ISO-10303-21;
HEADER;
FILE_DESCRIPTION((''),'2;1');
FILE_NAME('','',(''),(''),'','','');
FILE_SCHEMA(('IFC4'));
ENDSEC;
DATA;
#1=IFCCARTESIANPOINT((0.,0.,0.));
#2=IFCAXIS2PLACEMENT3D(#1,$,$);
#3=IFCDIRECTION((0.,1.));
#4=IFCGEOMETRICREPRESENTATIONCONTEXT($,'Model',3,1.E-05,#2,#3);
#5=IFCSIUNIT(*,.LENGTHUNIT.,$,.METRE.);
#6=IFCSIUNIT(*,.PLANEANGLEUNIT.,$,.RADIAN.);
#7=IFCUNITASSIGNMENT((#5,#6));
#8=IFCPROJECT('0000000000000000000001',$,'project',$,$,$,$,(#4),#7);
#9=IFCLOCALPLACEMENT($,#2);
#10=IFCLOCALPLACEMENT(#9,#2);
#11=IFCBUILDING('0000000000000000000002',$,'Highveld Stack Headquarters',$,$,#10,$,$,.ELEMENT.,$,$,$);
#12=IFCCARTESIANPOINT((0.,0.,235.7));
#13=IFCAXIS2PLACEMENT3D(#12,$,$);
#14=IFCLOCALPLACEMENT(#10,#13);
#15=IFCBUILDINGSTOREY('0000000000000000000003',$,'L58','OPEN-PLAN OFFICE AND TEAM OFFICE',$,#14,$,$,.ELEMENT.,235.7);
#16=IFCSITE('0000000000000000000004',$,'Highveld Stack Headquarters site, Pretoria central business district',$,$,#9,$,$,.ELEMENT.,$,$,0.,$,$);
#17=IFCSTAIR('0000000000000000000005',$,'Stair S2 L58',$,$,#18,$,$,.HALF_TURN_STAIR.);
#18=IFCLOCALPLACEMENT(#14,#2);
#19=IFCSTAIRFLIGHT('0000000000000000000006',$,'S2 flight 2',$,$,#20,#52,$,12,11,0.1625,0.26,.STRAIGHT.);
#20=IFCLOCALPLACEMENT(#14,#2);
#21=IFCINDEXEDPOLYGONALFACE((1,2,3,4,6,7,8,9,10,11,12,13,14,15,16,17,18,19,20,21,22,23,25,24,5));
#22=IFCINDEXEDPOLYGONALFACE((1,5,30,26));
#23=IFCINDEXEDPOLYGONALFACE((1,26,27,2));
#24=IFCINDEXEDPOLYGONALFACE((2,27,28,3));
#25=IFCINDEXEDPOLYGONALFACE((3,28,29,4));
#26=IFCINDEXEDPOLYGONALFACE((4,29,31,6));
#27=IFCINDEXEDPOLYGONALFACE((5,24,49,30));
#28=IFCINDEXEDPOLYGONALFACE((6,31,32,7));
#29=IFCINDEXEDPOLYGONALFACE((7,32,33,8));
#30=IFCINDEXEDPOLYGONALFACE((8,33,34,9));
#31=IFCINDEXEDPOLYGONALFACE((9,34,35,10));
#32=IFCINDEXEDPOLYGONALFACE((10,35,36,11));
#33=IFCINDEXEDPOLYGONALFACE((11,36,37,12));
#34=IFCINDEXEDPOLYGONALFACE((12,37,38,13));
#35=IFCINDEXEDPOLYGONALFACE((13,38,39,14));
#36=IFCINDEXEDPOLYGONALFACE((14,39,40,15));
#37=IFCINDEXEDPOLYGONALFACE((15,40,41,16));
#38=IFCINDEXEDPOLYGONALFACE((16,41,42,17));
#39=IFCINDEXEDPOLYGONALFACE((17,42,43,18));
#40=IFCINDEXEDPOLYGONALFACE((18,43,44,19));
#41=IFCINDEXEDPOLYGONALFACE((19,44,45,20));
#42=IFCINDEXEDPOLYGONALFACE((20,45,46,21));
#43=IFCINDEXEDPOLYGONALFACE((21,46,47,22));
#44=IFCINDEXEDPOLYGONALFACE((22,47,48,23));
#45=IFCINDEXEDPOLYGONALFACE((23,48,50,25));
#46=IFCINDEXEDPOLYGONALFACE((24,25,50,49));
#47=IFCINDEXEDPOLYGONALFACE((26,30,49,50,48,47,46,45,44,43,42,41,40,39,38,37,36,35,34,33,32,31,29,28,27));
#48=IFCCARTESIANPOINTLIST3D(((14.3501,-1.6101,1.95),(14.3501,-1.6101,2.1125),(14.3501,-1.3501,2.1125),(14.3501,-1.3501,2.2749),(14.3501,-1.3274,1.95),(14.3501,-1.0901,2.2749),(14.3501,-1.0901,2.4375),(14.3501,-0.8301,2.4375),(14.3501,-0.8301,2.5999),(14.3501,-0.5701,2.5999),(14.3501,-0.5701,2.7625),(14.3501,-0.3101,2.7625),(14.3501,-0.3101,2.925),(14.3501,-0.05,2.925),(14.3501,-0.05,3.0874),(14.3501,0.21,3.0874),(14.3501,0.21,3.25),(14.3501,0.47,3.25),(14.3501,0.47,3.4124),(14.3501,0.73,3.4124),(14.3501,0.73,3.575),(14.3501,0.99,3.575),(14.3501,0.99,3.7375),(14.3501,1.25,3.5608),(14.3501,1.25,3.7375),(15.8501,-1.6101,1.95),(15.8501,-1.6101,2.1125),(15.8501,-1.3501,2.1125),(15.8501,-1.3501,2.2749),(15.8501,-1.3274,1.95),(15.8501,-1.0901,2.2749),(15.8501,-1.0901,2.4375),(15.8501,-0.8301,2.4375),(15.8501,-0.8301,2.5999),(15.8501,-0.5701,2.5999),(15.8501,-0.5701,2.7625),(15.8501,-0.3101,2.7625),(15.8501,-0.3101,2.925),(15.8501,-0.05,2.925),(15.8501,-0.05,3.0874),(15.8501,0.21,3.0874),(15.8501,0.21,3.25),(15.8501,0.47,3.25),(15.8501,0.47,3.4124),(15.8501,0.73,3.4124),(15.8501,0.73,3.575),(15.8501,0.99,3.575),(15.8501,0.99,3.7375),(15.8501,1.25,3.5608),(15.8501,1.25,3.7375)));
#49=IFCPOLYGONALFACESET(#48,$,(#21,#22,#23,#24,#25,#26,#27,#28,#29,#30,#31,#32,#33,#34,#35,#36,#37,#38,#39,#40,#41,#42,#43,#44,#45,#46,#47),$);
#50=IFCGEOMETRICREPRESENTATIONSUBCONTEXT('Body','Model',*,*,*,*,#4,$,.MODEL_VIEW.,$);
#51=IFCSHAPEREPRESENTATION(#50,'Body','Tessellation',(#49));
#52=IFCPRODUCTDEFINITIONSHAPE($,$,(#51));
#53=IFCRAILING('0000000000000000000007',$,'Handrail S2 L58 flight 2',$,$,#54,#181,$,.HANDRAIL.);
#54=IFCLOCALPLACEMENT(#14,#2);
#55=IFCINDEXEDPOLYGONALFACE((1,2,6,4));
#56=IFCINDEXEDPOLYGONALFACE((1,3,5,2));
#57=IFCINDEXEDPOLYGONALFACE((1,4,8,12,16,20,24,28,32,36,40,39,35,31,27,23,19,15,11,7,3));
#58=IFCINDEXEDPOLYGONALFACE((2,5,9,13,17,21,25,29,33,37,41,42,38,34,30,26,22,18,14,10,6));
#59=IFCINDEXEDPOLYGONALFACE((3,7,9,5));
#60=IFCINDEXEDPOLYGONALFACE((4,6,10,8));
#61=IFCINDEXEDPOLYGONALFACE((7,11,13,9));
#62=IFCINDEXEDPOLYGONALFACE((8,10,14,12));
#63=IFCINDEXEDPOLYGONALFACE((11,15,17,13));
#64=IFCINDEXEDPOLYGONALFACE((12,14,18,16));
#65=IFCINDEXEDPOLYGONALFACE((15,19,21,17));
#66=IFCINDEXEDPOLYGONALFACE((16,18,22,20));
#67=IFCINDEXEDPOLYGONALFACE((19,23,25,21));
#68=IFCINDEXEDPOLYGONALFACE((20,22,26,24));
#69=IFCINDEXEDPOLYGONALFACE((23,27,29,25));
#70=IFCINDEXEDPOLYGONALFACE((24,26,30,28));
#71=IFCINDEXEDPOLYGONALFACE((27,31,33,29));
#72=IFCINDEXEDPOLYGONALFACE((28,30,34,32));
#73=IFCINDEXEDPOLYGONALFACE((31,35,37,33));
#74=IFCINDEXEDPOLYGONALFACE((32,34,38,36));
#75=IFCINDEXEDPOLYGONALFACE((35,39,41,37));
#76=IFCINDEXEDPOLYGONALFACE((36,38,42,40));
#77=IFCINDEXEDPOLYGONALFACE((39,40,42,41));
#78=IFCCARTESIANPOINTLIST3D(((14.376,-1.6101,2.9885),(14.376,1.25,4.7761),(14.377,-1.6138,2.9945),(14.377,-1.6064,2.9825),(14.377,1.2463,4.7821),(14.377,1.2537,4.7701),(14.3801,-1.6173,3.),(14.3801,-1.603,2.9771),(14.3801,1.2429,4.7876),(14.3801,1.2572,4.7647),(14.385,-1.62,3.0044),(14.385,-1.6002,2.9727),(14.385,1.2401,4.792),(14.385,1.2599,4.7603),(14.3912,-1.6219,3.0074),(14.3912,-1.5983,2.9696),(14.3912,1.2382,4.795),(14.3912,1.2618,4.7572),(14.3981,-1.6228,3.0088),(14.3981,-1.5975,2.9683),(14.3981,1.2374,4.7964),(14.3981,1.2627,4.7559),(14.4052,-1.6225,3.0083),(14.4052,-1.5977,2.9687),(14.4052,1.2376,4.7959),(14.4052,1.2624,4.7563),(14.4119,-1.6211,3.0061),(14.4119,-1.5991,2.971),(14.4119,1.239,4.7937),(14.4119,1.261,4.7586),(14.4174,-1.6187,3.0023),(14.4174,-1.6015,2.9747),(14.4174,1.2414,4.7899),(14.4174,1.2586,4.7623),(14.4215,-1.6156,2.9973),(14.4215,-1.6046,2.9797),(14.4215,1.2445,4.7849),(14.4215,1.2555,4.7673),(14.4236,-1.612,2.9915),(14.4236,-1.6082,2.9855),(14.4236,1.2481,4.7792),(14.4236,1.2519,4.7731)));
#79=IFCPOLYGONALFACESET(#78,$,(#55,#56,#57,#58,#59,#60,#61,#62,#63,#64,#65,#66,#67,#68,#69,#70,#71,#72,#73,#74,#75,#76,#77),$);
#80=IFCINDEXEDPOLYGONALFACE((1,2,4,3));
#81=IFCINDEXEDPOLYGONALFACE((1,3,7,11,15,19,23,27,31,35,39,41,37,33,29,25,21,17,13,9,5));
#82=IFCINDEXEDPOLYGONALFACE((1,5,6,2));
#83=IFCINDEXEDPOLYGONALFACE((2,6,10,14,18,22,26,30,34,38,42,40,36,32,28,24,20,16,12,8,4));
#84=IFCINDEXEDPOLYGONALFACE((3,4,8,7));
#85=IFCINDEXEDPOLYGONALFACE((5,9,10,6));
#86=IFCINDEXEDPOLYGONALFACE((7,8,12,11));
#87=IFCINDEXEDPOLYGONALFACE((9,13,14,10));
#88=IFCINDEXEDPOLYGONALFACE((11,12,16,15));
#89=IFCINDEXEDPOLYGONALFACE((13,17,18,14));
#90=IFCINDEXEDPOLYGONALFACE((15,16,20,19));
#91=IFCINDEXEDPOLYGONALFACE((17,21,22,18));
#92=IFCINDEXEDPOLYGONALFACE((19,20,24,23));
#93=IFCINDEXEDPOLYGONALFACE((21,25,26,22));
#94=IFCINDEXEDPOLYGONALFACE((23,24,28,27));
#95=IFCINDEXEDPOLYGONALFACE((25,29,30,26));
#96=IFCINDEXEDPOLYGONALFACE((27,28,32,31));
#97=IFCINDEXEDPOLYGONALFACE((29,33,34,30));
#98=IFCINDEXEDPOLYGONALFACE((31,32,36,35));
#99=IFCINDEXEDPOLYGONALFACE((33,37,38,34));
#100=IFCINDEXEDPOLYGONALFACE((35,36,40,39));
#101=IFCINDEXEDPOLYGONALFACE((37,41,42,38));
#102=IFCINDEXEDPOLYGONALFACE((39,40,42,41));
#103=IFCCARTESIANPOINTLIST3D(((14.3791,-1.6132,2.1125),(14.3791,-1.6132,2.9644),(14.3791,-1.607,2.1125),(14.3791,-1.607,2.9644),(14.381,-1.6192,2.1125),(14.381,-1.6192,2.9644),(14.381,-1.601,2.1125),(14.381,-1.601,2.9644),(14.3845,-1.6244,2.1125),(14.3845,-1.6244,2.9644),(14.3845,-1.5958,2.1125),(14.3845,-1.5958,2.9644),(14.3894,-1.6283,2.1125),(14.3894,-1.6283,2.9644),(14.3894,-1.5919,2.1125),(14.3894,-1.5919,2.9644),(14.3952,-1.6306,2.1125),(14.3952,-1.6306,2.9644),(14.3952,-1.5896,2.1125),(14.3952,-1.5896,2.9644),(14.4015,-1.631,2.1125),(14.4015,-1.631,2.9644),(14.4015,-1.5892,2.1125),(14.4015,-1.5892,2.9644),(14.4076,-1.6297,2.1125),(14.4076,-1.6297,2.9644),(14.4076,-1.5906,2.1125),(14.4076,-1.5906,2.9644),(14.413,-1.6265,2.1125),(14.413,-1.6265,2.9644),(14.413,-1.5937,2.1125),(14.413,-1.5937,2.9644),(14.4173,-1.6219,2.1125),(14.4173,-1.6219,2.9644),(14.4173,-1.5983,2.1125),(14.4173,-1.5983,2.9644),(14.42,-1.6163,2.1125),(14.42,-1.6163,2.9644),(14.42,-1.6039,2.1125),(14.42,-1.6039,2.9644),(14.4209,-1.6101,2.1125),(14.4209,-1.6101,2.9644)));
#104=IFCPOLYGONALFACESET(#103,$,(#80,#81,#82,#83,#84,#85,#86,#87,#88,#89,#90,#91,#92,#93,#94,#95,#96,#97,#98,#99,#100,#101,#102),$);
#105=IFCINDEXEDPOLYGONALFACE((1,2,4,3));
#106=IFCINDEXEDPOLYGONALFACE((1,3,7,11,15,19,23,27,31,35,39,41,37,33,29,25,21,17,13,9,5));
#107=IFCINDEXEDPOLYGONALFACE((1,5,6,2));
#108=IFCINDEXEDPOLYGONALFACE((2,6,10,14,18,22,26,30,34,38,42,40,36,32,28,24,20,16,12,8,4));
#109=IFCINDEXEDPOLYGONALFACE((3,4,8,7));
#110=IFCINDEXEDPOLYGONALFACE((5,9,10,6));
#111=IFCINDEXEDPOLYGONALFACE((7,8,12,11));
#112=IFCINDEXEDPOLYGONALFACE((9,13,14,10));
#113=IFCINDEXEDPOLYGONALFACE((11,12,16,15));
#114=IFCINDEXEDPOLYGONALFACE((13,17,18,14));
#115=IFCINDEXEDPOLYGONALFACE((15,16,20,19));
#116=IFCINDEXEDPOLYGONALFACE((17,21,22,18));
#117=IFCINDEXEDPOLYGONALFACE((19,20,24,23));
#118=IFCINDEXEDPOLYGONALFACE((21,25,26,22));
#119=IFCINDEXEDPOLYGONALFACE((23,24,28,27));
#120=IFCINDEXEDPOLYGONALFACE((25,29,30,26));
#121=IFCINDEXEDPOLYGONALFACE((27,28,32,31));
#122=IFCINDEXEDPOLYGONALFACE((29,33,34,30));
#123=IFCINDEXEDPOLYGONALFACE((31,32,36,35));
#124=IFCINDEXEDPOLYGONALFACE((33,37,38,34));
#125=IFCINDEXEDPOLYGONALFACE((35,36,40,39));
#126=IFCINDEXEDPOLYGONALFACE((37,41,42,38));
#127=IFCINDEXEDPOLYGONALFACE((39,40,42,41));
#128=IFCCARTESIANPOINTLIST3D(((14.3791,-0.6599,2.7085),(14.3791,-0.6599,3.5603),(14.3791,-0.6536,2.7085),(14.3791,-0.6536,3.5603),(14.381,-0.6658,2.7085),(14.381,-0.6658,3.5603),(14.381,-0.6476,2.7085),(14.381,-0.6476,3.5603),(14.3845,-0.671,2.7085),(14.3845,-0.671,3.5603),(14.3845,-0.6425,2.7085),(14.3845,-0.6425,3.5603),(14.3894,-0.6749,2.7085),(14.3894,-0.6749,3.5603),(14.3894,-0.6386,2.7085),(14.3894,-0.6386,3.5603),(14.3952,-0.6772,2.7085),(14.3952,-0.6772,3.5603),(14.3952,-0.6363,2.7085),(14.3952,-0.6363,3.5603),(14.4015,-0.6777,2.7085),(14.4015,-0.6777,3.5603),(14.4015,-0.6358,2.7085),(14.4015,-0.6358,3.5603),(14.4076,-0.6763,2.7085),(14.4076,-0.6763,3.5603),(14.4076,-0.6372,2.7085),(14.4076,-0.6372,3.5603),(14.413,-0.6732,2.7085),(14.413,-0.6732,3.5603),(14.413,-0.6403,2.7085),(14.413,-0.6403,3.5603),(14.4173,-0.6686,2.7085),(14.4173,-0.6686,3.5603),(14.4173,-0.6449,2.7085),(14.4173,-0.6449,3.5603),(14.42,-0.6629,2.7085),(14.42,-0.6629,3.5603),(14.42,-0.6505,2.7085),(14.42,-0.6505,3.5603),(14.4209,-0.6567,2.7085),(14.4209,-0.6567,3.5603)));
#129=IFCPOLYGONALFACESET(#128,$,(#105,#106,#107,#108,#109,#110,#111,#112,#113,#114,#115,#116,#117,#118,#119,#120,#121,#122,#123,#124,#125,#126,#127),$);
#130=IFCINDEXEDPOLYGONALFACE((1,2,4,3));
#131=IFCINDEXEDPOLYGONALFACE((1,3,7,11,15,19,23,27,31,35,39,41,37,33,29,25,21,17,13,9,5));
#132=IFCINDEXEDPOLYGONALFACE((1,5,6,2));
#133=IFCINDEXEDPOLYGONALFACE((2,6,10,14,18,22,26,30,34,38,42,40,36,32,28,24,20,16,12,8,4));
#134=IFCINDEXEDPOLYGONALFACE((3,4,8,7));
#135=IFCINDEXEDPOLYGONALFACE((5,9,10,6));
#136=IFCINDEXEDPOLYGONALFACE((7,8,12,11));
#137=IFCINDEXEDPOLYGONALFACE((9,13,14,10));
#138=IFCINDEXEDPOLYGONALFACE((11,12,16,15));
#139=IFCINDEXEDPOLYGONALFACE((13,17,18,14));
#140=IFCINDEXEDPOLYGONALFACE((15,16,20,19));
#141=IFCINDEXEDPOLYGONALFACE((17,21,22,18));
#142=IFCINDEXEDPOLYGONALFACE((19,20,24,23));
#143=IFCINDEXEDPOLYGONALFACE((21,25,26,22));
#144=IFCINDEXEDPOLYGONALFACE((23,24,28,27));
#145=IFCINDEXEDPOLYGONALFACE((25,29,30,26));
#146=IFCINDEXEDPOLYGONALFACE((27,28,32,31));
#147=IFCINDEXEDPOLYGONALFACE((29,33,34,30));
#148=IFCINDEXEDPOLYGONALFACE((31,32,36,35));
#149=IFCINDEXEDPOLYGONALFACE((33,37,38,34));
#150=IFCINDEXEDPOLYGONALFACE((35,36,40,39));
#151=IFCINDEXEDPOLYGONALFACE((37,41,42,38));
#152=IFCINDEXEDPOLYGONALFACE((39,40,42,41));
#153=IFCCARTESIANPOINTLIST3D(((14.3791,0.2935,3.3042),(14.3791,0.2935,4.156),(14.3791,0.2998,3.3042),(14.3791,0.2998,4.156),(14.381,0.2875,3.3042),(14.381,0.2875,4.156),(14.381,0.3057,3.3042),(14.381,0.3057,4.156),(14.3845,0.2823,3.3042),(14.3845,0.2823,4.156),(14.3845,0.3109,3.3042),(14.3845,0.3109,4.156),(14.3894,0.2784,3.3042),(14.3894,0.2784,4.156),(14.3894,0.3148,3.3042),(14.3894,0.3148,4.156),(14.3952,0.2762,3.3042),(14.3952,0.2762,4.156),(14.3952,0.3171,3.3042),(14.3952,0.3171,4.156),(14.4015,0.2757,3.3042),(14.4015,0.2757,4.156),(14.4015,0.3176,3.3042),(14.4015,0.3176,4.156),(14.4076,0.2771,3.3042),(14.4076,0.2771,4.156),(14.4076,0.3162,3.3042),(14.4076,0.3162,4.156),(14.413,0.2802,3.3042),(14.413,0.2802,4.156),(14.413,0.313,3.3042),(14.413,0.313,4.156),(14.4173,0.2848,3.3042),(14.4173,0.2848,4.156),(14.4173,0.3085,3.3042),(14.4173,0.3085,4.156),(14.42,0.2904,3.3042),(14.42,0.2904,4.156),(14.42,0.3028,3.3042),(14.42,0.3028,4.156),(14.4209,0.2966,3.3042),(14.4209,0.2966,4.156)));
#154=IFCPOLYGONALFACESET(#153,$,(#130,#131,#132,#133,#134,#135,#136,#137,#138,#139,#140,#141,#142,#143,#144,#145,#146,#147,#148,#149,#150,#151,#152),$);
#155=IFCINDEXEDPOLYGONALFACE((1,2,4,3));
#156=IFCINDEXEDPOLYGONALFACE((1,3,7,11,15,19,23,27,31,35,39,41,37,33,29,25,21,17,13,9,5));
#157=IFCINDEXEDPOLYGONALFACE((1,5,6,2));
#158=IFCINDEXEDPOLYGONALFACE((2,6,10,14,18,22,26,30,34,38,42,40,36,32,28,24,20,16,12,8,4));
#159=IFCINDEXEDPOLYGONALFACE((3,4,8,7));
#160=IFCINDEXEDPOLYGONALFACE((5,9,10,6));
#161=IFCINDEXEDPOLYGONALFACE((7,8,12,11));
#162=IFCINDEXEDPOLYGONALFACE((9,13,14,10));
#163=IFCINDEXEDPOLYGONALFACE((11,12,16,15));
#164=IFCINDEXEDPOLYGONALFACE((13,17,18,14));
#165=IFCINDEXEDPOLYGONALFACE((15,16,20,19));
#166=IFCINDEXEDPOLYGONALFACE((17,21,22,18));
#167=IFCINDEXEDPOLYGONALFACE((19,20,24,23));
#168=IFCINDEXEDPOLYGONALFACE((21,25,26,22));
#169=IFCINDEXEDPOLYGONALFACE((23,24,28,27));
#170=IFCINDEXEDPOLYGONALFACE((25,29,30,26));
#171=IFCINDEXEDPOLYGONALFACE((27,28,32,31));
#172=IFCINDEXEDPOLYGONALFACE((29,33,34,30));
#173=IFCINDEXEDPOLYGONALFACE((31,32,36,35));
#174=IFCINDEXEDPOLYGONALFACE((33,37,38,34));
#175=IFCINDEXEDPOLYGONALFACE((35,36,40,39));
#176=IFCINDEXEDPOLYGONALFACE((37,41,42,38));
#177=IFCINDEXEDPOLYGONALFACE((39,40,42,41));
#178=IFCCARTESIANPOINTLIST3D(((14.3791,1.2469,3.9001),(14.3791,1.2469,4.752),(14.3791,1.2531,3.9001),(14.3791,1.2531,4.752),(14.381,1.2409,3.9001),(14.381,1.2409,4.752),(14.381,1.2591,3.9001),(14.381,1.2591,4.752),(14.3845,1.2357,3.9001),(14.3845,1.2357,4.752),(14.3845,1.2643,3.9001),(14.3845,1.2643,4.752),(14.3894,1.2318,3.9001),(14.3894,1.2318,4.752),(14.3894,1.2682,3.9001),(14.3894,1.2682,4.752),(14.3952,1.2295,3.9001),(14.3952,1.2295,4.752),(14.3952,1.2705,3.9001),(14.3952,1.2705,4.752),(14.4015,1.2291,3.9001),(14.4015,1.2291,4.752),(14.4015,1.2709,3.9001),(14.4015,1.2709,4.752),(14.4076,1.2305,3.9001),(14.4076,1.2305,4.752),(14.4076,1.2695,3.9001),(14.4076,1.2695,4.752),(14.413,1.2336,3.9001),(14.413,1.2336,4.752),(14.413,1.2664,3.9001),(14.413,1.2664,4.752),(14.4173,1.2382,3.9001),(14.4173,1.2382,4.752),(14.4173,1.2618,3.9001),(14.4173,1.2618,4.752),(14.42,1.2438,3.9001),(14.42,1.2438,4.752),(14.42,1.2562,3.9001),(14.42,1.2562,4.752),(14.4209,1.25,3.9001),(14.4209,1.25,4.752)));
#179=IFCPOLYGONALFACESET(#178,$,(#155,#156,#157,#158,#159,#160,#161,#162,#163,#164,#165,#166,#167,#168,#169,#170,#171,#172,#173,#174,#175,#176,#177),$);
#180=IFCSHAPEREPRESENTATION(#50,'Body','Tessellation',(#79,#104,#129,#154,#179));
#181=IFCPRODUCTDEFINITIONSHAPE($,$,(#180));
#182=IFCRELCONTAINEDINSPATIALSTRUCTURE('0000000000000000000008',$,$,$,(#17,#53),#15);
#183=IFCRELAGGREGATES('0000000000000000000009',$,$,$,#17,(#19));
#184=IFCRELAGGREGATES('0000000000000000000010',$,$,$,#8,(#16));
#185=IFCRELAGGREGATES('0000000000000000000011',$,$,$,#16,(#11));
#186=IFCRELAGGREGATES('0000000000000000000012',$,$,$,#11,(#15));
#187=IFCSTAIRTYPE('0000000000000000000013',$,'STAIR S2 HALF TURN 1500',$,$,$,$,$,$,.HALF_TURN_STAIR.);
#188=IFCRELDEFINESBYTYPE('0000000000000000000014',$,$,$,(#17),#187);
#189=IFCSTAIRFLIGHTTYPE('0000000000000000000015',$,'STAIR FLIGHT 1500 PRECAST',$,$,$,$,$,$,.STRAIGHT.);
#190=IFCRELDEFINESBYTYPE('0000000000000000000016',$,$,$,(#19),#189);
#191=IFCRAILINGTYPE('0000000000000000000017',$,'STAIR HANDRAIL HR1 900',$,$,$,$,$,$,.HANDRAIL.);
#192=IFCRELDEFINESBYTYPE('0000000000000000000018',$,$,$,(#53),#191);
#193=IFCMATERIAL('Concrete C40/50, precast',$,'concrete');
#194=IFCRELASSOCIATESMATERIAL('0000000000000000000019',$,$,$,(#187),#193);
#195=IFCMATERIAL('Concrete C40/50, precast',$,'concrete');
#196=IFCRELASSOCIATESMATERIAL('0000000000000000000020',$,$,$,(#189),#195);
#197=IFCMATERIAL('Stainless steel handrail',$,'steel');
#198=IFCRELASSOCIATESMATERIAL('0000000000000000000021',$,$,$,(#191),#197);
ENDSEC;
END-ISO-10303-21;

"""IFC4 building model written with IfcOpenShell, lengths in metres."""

from ifc_helpers import new_model, si_unit, direction, frame, origin, origin_2d, place, context, subcontext, project, spatial, polyline, circle, outline, extrude, material, type_object, element, aggregate, save


model = new_model("IFC4")

# Units and contexts
model_context = context("Model", 3, precision=1e-05, world=origin(), true_north=direction((0.0, 1.0)))
body_context = subcontext(model_context, "Body", "Model", "MODEL_VIEW")
ifc_project = project(units=[si_unit("LENGTHUNIT", "METRE"), si_unit("PLANEANGLEUNIT", "RADIAN")], contexts=[model_context])

# Site, building, storey
site_placement = place(None, origin())
site = spatial("IfcSite", under=ifc_project, at=site_placement, Name="Highveld Stack Headquarters site, Pretoria central business district", CompositionType="ELEMENT", RefElevation=0.0)
building_placement = place(site_placement, origin())
building = spatial("IfcBuilding", under=site, at=building_placement, Name="Highveld Stack Headquarters", CompositionType="ELEMENT")
storey_placement = place(building_placement, frame((0.0, 0.0, 235.7)))
storey = spatial("IfcBuildingStorey", under=building, at=storey_placement, Name="L58", Description="OPEN-PLAN OFFICE AND TEAM OFFICE", CompositionType="ELEMENT", Elevation=235.7)

# Stair, stair flight
ifc_material_1 = material(Name="Concrete C40/50, precast", Category="concrete")
stair_type = type_object("IfcStairType", Name="STAIR S2 HALF TURN 1500", PredefinedType="HALF_TURN_STAIR", material=ifc_material_1)
stair_placement = place(storey_placement, origin())
stair = element("IfcStair", 1, at=stair_placement, inside=storey, type_object=stair_type, Name="Stair S2 L58", PredefinedType="HALF_TURN_STAIR")
ifc_material_2 = material(Name="Concrete C40/50, precast", Category="concrete")
stair_flight_type = type_object("IfcStairFlightType", Name="STAIR FLIGHT 1500 PRECAST", PredefinedType="STRAIGHT", material=ifc_material_2)
stair_flight_placement = place(storey_placement, frame((15.1001, -1.6101, 1.95), z_axis=(0.0, 0.0, 1.0), x_axis=(0.0, 1.0, 0.0)))
stair_flight = element("IfcStairFlight", 2, at=stair_flight_placement, type_object=stair_flight_type, Name="S2 flight 2", NumberOfRisers=12, NumberOfTreads=11, PredefinedType="STRAIGHT", RiserHeight=0.1625, TreadLength=0.26, context=body_context, shape_type="SweptSolid", body=[
    extrude(outline(polyline([(0.0, 0.0), (0.0, 0.1626), (0.26, 0.1626), (0.26, 0.325), (0.52, 0.325), (0.52, 0.4875), (0.78, 0.4875), (0.78, 0.6499), (1.04, 0.6499), (1.04, 0.8125), (1.3, 0.8125), (1.3, 0.9751), (1.5601, 0.9751), (1.5601, 1.1375), (1.8201, 1.1375), (1.8201, 1.3), (2.0801, 1.3), (2.0801, 1.4624), (2.3401, 1.4624), (2.3401, 1.625), (2.6001, 1.625), (2.6001, 1.7876), (2.8601, 1.7876), (2.8601, 1.95), (2.8601, 1.6108), (0.2827, 0.0), (0.0, 0.0)])), frame((0.0, 0.75, 0.0), z_axis=(0.0, -1.0, 0.0), x_axis=(1.0, 0.0, 0.0)), (0.0, 0.0, 1.0), 1.5),
])
aggregate(stair, [stair_flight])

# Railing
ifc_material_3 = material(Name="Stainless steel handrail", Category="steel")
railing_type = type_object("IfcRailingType", Name="STAIR HANDRAIL HR1 900", PredefinedType="HANDRAIL", material=ifc_material_3)
for number, where, name in (
    (3, (14.3999, -1.6101, 2.1125), "Handrail S2 L58 flight 2"),
):
    element("IfcRailing", number, at=place(storey_placement, frame(where)), inside=storey, type_object=railing_type, Name=name, PredefinedType="HANDRAIL", context=body_context, shape_type="SweptSolid", body=[
        extrude(circle(Radius=0.0239, at=origin_2d()), frame((0.0, 0.0, 0.876), z_axis=(0.0, 0.847994, 0.530005), x_axis=(-1.0, 0.0, 0.0)), (0.0, 0.0, 1.0), 3.3728),
        extrude(circle(Radius=0.021, at=origin_2d()), origin(), (0.0, 0.0, 1.0), 0.8518),
        extrude(circle(Radius=0.021, at=origin_2d()), frame((0.0, 0.9534, 0.5959)), (0.0, 0.0, 1.0), 0.8518),
        extrude(circle(Radius=0.021, at=origin_2d()), frame((0.0, 1.9067, 1.1917)), (0.0, 0.0, 1.0), 0.8518),
        extrude(circle(Radius=0.021, at=origin_2d()), frame((0.0, 2.8601, 1.7876)), (0.0, 0.0, 1.0), 0.8518),
    ])

save(model, "model.ifc")
